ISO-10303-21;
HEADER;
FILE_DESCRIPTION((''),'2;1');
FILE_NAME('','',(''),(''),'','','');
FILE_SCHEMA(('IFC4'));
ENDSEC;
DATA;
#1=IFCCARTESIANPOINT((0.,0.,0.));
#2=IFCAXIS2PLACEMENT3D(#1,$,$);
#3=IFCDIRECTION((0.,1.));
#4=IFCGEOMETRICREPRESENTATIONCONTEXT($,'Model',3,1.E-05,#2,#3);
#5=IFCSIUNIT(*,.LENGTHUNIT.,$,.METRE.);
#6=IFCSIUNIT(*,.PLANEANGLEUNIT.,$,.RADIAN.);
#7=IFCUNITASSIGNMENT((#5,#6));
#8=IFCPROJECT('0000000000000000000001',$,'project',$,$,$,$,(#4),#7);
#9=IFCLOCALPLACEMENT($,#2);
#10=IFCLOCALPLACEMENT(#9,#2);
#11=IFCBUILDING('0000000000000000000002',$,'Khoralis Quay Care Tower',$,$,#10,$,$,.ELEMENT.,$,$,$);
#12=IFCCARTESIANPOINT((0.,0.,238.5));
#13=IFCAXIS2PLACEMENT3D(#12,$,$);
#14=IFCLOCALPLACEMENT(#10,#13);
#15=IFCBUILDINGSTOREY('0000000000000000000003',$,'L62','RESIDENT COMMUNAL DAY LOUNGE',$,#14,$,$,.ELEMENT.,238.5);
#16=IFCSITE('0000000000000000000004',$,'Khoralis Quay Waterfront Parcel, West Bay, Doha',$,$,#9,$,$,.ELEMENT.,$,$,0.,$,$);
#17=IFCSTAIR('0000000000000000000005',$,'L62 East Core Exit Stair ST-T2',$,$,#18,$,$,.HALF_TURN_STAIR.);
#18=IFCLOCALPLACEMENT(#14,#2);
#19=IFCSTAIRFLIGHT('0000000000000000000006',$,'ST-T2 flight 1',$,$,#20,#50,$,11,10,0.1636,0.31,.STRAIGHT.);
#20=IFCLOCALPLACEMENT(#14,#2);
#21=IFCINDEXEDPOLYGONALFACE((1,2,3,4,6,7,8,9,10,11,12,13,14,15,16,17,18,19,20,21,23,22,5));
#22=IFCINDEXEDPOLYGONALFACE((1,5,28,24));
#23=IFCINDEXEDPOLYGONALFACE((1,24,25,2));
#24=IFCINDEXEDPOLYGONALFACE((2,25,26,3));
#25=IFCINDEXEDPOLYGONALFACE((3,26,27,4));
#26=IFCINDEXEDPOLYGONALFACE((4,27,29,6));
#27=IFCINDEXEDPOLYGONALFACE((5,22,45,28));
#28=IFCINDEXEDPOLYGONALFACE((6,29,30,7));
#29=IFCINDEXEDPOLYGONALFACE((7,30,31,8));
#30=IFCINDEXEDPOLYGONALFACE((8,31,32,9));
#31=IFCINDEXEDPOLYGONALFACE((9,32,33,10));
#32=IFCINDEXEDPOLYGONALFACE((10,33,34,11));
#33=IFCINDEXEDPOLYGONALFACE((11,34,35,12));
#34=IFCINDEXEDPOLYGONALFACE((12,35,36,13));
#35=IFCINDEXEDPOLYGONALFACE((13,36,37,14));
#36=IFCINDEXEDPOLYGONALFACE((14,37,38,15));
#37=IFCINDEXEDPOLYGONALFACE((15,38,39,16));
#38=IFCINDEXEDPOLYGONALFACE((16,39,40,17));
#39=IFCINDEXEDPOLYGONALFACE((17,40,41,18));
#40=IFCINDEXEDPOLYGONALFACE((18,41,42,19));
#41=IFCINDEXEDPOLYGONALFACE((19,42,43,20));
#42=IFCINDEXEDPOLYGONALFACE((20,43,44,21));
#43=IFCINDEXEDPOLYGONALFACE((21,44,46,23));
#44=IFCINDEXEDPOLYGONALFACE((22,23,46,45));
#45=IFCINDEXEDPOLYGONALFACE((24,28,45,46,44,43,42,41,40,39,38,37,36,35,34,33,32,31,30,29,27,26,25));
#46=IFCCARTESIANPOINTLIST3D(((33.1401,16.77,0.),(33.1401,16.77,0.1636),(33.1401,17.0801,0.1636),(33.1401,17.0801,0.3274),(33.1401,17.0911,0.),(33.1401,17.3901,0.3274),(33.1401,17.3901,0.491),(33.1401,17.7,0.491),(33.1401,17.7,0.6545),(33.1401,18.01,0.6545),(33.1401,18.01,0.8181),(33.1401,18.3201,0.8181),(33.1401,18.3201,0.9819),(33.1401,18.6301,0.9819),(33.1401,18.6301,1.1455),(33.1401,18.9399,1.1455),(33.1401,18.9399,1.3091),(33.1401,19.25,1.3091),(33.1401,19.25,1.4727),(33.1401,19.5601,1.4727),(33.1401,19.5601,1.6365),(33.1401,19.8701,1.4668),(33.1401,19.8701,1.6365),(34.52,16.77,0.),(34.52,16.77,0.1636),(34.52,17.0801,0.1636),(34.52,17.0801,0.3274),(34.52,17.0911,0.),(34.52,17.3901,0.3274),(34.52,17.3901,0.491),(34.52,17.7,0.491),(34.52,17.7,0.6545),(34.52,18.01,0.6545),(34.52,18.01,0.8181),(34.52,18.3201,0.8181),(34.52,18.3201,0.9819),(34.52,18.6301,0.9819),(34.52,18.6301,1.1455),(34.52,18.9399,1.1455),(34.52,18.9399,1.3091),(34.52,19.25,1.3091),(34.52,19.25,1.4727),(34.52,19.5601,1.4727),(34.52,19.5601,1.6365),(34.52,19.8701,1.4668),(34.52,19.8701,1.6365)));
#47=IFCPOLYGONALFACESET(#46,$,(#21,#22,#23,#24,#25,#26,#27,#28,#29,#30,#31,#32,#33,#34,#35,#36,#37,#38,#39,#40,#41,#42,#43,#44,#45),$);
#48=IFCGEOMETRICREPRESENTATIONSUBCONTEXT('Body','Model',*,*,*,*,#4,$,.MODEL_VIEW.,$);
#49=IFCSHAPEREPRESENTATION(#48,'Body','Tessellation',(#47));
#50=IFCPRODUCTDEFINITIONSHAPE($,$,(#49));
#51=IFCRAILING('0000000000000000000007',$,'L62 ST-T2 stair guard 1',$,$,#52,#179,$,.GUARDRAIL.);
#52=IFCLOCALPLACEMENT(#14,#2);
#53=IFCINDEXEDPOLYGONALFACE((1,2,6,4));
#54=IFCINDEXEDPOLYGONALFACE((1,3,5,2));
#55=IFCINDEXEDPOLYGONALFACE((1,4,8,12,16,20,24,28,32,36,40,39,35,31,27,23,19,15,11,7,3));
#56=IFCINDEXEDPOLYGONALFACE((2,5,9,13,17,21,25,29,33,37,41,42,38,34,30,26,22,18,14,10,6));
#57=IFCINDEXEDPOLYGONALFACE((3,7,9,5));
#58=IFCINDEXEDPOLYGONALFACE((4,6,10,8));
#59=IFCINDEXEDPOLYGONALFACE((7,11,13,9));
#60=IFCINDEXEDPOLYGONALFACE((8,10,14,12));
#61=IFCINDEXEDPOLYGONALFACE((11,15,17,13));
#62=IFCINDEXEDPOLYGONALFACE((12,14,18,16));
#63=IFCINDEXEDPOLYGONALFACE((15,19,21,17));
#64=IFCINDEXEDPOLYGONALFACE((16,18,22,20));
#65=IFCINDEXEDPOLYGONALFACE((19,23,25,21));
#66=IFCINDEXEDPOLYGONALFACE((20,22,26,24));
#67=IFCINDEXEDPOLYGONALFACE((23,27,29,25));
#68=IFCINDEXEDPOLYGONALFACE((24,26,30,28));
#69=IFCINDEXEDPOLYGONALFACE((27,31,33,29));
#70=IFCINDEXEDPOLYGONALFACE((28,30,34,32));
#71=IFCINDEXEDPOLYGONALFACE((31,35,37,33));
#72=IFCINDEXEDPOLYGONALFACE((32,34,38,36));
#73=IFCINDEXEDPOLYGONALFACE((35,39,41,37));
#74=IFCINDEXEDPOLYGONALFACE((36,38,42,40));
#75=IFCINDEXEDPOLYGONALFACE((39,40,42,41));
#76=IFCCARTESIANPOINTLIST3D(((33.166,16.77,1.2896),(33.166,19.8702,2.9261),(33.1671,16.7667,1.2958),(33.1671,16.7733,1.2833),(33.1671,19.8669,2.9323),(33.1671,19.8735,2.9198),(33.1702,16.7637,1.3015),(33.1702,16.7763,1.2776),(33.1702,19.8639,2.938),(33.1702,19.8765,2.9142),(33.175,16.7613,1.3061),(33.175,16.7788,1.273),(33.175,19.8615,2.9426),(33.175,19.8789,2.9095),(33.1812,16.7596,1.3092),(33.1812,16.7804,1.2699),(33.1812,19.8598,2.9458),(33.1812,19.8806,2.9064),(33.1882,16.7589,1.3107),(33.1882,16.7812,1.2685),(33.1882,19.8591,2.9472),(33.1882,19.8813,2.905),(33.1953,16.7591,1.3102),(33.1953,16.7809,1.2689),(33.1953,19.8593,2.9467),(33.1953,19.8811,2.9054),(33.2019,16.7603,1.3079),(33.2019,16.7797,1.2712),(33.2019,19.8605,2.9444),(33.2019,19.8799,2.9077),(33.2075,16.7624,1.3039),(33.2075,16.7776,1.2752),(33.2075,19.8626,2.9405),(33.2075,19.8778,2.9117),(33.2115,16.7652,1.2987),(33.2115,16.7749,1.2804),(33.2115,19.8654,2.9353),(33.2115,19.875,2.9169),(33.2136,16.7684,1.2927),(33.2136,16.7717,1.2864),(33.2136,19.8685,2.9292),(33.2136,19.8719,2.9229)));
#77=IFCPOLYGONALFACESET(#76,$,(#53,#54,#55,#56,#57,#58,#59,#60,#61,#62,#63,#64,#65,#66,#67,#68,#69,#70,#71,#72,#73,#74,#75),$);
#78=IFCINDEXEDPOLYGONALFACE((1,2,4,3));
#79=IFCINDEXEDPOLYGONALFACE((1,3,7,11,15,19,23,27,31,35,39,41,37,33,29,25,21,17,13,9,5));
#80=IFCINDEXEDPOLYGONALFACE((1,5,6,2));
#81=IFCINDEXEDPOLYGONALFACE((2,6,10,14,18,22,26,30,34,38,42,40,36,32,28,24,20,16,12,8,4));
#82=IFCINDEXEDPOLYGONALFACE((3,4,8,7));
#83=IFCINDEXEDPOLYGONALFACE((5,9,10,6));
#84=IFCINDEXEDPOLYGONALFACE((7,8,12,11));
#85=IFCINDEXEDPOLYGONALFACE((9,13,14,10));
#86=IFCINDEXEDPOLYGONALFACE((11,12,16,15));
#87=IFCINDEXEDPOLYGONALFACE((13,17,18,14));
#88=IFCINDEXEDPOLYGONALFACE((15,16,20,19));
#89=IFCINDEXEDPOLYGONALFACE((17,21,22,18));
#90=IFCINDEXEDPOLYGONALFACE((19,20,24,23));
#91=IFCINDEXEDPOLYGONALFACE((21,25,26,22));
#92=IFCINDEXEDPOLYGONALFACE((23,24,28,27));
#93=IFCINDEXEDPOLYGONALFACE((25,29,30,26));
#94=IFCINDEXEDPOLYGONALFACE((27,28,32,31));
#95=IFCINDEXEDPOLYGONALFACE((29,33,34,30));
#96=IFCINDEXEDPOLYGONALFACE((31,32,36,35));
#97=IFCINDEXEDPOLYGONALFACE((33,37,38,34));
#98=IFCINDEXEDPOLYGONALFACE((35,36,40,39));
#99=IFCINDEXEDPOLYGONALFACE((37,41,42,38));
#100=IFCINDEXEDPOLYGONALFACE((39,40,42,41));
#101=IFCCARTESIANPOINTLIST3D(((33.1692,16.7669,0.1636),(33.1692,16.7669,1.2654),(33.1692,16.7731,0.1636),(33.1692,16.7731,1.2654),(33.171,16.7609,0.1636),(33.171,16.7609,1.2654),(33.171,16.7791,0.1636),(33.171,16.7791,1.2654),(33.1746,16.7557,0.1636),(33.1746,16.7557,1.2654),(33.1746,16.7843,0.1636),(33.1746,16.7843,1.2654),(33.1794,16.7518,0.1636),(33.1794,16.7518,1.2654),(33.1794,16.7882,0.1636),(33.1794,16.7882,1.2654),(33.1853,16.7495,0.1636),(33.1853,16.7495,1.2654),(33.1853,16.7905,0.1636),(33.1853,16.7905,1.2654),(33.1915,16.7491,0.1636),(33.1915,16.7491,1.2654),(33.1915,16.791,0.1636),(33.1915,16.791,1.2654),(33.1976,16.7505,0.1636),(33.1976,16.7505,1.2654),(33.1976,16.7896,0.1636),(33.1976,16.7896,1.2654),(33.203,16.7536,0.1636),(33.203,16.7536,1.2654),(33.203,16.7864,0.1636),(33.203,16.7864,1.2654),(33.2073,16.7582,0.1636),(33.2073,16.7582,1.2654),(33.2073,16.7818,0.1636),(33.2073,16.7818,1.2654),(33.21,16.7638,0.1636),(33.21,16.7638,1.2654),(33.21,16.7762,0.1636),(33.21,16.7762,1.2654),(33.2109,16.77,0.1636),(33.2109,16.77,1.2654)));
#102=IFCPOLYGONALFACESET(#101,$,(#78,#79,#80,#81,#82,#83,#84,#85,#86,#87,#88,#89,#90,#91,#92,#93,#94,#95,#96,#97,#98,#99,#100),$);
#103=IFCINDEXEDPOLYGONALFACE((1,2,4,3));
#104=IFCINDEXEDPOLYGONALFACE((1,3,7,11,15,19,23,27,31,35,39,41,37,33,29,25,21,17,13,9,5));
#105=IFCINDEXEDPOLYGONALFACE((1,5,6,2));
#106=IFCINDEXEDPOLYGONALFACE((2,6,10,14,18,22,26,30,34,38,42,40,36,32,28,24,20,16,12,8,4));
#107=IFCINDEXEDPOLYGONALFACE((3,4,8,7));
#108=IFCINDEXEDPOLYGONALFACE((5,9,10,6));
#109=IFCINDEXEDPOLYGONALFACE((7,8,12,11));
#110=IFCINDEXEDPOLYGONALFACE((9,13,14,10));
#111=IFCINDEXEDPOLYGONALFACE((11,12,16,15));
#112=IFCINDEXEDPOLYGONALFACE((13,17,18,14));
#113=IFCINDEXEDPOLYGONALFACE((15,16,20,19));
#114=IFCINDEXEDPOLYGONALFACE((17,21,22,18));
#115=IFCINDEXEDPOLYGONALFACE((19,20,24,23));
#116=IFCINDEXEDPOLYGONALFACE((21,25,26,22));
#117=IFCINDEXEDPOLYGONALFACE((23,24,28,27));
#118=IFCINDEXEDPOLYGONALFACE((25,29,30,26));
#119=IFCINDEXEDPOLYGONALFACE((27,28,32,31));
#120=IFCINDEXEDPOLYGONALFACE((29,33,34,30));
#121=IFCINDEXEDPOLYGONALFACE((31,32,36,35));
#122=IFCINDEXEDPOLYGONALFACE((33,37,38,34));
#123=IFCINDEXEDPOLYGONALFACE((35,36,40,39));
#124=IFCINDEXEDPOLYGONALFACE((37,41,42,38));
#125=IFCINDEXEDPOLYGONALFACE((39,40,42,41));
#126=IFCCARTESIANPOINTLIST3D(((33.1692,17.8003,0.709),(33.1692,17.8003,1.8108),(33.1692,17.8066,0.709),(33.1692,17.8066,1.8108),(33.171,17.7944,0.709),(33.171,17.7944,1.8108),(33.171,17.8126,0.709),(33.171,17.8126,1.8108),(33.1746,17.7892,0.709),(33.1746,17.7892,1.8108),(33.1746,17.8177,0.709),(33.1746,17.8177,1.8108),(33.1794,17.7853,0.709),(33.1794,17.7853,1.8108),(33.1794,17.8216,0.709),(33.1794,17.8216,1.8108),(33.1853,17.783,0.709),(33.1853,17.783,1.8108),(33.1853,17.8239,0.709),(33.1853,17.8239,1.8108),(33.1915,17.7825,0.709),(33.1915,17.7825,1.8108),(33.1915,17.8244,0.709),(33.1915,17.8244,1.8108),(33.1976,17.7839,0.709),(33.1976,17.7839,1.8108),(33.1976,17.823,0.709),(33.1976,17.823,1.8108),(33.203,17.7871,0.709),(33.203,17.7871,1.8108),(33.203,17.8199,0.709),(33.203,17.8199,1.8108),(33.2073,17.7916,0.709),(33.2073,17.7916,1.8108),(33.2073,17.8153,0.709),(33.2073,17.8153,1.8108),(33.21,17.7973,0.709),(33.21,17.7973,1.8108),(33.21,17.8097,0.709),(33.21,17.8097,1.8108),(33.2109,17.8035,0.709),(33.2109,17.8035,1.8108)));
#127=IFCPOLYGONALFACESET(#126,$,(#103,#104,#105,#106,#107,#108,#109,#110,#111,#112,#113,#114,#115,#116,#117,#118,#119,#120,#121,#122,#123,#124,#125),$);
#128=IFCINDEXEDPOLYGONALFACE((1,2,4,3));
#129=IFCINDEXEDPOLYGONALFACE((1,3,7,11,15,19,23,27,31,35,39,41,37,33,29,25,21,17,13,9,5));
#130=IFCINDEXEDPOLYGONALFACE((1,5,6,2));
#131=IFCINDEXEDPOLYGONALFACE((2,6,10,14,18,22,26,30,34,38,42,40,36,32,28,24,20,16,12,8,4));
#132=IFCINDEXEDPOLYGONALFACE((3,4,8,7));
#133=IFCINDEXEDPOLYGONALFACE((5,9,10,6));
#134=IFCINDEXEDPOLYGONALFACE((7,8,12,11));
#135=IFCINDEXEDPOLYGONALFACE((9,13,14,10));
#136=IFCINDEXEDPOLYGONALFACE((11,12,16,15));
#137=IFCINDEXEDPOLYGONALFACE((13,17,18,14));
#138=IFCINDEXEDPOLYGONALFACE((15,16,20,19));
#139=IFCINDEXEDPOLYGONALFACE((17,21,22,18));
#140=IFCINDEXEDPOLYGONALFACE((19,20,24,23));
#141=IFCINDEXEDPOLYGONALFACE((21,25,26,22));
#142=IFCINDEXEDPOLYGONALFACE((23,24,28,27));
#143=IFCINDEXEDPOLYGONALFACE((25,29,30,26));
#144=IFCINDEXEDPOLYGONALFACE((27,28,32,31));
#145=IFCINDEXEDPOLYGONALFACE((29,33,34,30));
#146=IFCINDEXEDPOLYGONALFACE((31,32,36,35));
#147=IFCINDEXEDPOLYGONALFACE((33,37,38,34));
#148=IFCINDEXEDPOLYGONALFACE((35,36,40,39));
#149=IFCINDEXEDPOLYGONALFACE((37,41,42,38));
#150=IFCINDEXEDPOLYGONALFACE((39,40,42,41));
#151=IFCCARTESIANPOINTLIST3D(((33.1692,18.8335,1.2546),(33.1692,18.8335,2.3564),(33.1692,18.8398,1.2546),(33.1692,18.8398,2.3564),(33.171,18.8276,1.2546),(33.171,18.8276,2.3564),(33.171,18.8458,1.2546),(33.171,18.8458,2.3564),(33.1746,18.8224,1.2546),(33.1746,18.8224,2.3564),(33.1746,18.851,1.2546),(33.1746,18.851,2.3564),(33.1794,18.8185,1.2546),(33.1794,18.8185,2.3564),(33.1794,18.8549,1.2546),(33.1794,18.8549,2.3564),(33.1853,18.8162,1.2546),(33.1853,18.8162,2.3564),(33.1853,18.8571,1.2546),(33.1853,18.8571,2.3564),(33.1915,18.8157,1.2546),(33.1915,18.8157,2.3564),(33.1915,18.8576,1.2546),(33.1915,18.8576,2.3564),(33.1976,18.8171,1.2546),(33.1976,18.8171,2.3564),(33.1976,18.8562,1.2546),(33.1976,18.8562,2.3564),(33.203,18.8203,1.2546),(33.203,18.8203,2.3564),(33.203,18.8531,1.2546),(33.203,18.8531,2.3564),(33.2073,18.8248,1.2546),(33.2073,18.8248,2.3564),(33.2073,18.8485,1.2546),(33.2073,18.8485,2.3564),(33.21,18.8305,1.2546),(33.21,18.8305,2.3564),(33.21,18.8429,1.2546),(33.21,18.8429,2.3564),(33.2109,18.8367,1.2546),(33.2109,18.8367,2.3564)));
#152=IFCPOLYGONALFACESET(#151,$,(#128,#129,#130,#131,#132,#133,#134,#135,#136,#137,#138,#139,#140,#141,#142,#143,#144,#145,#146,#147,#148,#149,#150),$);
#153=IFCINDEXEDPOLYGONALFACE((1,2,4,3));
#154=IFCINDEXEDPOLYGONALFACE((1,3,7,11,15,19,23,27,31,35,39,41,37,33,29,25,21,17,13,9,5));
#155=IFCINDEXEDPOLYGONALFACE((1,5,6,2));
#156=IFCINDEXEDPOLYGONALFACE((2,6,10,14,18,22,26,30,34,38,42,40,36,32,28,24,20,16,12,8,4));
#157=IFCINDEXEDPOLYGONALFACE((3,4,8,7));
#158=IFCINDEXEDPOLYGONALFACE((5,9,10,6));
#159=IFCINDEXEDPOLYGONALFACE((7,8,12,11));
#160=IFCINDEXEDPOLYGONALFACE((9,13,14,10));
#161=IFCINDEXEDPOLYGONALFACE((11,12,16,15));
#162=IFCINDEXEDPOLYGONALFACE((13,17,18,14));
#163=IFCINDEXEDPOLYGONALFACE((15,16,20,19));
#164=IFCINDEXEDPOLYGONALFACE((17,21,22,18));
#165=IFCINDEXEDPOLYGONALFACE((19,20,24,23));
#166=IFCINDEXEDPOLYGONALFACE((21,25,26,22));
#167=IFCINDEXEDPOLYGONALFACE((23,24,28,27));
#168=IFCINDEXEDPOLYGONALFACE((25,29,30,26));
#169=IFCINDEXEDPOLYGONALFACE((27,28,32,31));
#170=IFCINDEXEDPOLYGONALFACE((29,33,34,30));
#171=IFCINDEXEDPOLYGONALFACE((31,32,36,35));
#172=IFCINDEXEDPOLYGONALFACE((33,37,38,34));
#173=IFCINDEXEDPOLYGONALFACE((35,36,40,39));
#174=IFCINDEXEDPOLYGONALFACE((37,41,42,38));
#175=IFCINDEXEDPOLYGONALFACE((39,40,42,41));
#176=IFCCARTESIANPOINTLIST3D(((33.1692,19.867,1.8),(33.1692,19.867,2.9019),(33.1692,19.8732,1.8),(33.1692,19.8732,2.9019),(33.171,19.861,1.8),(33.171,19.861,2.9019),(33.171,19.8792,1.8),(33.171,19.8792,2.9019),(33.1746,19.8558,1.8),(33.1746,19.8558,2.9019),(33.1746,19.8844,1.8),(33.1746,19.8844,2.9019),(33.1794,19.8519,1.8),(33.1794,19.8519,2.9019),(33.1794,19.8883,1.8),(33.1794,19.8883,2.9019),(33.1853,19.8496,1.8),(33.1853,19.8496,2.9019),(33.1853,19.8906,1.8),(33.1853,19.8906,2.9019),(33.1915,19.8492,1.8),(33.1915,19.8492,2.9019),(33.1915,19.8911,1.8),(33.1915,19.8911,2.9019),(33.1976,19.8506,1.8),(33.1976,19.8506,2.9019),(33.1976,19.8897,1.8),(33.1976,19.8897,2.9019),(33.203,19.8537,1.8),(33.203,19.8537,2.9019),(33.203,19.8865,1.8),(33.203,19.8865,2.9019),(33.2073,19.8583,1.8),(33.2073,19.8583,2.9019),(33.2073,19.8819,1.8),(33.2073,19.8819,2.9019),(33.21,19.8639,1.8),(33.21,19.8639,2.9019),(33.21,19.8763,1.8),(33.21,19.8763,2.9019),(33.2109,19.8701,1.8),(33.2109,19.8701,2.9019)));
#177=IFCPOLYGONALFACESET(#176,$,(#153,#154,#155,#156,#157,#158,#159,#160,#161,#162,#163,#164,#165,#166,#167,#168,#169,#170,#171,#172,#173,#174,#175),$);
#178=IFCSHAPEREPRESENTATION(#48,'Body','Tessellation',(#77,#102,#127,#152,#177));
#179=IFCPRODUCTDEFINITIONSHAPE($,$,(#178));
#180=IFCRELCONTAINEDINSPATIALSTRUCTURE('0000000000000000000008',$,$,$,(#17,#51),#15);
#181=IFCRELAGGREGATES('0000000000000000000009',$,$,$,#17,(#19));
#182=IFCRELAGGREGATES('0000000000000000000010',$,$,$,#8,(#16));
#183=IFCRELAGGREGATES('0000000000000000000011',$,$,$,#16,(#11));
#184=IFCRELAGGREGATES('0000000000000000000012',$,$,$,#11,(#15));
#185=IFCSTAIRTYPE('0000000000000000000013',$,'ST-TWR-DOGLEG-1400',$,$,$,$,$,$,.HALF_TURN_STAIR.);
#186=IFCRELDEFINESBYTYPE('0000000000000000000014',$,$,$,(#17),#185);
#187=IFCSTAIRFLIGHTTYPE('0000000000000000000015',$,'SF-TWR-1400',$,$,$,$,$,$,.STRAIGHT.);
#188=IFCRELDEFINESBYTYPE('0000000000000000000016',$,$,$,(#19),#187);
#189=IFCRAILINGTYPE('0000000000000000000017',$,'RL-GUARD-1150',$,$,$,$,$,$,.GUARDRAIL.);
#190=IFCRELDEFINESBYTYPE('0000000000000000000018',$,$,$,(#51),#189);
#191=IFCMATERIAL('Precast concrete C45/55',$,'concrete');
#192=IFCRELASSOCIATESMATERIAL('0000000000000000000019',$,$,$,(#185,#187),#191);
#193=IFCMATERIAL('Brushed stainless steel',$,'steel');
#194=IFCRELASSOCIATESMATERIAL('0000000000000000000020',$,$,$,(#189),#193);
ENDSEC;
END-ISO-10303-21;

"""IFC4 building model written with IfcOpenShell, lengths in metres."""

from ifc_helpers import new_model, si_unit, direction, frame, origin, origin_2d, place, context, subcontext, project, spatial, polyline, circle, outline, extrude, source, transform, mapped, material, type_object, element, aggregate, save


model = new_model("IFC4")

# Units and contexts
model_context = context("Model", 3, precision=1e-05, world=origin(), true_north=direction((0.0, 1.0)))
body_context = subcontext(model_context, "Body", "Model", "MODEL_VIEW")
ifc_project = project(units=[si_unit("LENGTHUNIT", "METRE"), si_unit("PLANEANGLEUNIT", "RADIAN")], contexts=[model_context])

# Site, building, storey
site_placement = place(None, origin())
site = spatial("IfcSite", under=ifc_project, at=site_placement, Name="Khoralis Quay Waterfront Parcel, West Bay, Doha", CompositionType="ELEMENT", RefElevation=0.0)
building_placement = place(site_placement, origin())
building = spatial("IfcBuilding", under=site, at=building_placement, Name="Khoralis Quay Care Tower", CompositionType="ELEMENT")
storey_placement = place(building_placement, frame((0.0, 0.0, 238.5)))
storey = spatial("IfcBuildingStorey", under=building, at=storey_placement, Name="L62", Description="RESIDENT COMMUNAL DAY LOUNGE", CompositionType="ELEMENT", Elevation=238.5)

# Shared definitions
ifc_material_1 = material(Name="Brushed stainless steel", Category="steel")

# Shared definitions
ifc_material_2 = material(Name="Precast concrete C45/55", Category="concrete")

# Stair, stair flight
stair_type = type_object("IfcStairType", Name="ST-TWR-DOGLEG-1400", PredefinedType="HALF_TURN_STAIR", material=ifc_material_2)
stair_placement = place(storey_placement, origin())
stair = element("IfcStair", 1, at=stair_placement, inside=storey, type_object=stair_type, Name="L62 East Core Exit Stair ST-T2", PredefinedType="HALF_TURN_STAIR")
stair_flight_type = type_object("IfcStairFlightType", Name="SF-TWR-1400", PredefinedType="STRAIGHT", material=ifc_material_2)
shared_shape_1 = source(origin(), body_context, "Body", "SweptSolid", [
    extrude(outline(polyline([(0.0, 0.0), (0.0, 0.1636), (0.3101, 0.1636), (0.3101, 0.3274), (0.6201, 0.3274), (0.6201, 0.491), (0.9299, 0.491), (0.9299, 0.6545), (1.24, 0.6545), (1.24, 0.8181), (1.55, 0.8181), (1.55, 0.9819), (1.8601, 0.9819), (1.8601, 1.1455), (2.1699, 1.1455), (2.1699, 1.3091), (2.48, 1.3091), (2.48, 1.4727), (2.79, 1.4727), (2.79, 1.6365), (3.1001, 1.6365), (3.1001, 1.8), (3.1001, 1.4668), (0.321, 0.0), (0.0, 0.0)])), frame((0.0, 0.6899, 0.0), z_axis=(0.0, -1.0, 0.0), x_axis=(1.0, 0.0, 0.0)), (0.0, 0.0, 1.0), 1.3799),
])
stair_flight_placement = place(storey_placement, frame((33.8301, 16.77, 0.0), z_axis=(0.0, 0.0, 1.0), x_axis=(0.0, 1.0, 0.0)))
stair_flight = element("IfcStairFlight", 2, at=stair_flight_placement, type_object=stair_flight_type, Name="ST-T2 flight 1", NumberOfRisers=11, NumberOfTreads=10, PredefinedType="STRAIGHT", RiserHeight=0.1636, TreadLength=0.31, context=body_context, shape_type="MappedRepresentation", body=[
    mapped(shared_shape_1, transform((0.0, 0.0, 0.0), scale=1.0)),
])
aggregate(stair, [stair_flight])

# Railing
railing_type_1 = type_object("IfcRailingType", Name="RL-GUARD-1150", PredefinedType="GUARDRAIL", material=ifc_material_1)
railing_1_placement = place(storey_placement, frame((33.1899, 16.77, 0.1636)))
element("IfcRailing", 3, at=railing_1_placement, inside=storey, type_object=railing_type_1, Name="L62 ST-T2 stair guard 1", PredefinedType="GUARDRAIL", context=body_context, shape_type="SweptSolid", body=[
    extrude(circle(Radius=0.0239, at=origin_2d()), frame((0.0, 0.0, 1.126), z_axis=(0.0, 0.884348, 0.466828), x_axis=(-1.0, 0.0, 0.0)), (0.0, 0.0, 1.0), 3.5056),
    extrude(circle(Radius=0.021, at=origin_2d()), origin(), (0.0, 0.0, 1.0), 1.1018),
    extrude(circle(Radius=0.021, at=origin_2d()), frame((0.0, 1.0334, 0.5454)), (0.0, 0.0, 1.0), 1.1018),
    extrude(circle(Radius=0.021, at=origin_2d()), frame((0.0, 2.0667, 1.0911)), (0.0, 0.0, 1.0), 1.1018),
    extrude(circle(Radius=0.021, at=origin_2d()), frame((0.0, 3.1001, 1.6365)), (0.0, 0.0, 1.0), 1.1018),
])

save(model, "model.ifc")
